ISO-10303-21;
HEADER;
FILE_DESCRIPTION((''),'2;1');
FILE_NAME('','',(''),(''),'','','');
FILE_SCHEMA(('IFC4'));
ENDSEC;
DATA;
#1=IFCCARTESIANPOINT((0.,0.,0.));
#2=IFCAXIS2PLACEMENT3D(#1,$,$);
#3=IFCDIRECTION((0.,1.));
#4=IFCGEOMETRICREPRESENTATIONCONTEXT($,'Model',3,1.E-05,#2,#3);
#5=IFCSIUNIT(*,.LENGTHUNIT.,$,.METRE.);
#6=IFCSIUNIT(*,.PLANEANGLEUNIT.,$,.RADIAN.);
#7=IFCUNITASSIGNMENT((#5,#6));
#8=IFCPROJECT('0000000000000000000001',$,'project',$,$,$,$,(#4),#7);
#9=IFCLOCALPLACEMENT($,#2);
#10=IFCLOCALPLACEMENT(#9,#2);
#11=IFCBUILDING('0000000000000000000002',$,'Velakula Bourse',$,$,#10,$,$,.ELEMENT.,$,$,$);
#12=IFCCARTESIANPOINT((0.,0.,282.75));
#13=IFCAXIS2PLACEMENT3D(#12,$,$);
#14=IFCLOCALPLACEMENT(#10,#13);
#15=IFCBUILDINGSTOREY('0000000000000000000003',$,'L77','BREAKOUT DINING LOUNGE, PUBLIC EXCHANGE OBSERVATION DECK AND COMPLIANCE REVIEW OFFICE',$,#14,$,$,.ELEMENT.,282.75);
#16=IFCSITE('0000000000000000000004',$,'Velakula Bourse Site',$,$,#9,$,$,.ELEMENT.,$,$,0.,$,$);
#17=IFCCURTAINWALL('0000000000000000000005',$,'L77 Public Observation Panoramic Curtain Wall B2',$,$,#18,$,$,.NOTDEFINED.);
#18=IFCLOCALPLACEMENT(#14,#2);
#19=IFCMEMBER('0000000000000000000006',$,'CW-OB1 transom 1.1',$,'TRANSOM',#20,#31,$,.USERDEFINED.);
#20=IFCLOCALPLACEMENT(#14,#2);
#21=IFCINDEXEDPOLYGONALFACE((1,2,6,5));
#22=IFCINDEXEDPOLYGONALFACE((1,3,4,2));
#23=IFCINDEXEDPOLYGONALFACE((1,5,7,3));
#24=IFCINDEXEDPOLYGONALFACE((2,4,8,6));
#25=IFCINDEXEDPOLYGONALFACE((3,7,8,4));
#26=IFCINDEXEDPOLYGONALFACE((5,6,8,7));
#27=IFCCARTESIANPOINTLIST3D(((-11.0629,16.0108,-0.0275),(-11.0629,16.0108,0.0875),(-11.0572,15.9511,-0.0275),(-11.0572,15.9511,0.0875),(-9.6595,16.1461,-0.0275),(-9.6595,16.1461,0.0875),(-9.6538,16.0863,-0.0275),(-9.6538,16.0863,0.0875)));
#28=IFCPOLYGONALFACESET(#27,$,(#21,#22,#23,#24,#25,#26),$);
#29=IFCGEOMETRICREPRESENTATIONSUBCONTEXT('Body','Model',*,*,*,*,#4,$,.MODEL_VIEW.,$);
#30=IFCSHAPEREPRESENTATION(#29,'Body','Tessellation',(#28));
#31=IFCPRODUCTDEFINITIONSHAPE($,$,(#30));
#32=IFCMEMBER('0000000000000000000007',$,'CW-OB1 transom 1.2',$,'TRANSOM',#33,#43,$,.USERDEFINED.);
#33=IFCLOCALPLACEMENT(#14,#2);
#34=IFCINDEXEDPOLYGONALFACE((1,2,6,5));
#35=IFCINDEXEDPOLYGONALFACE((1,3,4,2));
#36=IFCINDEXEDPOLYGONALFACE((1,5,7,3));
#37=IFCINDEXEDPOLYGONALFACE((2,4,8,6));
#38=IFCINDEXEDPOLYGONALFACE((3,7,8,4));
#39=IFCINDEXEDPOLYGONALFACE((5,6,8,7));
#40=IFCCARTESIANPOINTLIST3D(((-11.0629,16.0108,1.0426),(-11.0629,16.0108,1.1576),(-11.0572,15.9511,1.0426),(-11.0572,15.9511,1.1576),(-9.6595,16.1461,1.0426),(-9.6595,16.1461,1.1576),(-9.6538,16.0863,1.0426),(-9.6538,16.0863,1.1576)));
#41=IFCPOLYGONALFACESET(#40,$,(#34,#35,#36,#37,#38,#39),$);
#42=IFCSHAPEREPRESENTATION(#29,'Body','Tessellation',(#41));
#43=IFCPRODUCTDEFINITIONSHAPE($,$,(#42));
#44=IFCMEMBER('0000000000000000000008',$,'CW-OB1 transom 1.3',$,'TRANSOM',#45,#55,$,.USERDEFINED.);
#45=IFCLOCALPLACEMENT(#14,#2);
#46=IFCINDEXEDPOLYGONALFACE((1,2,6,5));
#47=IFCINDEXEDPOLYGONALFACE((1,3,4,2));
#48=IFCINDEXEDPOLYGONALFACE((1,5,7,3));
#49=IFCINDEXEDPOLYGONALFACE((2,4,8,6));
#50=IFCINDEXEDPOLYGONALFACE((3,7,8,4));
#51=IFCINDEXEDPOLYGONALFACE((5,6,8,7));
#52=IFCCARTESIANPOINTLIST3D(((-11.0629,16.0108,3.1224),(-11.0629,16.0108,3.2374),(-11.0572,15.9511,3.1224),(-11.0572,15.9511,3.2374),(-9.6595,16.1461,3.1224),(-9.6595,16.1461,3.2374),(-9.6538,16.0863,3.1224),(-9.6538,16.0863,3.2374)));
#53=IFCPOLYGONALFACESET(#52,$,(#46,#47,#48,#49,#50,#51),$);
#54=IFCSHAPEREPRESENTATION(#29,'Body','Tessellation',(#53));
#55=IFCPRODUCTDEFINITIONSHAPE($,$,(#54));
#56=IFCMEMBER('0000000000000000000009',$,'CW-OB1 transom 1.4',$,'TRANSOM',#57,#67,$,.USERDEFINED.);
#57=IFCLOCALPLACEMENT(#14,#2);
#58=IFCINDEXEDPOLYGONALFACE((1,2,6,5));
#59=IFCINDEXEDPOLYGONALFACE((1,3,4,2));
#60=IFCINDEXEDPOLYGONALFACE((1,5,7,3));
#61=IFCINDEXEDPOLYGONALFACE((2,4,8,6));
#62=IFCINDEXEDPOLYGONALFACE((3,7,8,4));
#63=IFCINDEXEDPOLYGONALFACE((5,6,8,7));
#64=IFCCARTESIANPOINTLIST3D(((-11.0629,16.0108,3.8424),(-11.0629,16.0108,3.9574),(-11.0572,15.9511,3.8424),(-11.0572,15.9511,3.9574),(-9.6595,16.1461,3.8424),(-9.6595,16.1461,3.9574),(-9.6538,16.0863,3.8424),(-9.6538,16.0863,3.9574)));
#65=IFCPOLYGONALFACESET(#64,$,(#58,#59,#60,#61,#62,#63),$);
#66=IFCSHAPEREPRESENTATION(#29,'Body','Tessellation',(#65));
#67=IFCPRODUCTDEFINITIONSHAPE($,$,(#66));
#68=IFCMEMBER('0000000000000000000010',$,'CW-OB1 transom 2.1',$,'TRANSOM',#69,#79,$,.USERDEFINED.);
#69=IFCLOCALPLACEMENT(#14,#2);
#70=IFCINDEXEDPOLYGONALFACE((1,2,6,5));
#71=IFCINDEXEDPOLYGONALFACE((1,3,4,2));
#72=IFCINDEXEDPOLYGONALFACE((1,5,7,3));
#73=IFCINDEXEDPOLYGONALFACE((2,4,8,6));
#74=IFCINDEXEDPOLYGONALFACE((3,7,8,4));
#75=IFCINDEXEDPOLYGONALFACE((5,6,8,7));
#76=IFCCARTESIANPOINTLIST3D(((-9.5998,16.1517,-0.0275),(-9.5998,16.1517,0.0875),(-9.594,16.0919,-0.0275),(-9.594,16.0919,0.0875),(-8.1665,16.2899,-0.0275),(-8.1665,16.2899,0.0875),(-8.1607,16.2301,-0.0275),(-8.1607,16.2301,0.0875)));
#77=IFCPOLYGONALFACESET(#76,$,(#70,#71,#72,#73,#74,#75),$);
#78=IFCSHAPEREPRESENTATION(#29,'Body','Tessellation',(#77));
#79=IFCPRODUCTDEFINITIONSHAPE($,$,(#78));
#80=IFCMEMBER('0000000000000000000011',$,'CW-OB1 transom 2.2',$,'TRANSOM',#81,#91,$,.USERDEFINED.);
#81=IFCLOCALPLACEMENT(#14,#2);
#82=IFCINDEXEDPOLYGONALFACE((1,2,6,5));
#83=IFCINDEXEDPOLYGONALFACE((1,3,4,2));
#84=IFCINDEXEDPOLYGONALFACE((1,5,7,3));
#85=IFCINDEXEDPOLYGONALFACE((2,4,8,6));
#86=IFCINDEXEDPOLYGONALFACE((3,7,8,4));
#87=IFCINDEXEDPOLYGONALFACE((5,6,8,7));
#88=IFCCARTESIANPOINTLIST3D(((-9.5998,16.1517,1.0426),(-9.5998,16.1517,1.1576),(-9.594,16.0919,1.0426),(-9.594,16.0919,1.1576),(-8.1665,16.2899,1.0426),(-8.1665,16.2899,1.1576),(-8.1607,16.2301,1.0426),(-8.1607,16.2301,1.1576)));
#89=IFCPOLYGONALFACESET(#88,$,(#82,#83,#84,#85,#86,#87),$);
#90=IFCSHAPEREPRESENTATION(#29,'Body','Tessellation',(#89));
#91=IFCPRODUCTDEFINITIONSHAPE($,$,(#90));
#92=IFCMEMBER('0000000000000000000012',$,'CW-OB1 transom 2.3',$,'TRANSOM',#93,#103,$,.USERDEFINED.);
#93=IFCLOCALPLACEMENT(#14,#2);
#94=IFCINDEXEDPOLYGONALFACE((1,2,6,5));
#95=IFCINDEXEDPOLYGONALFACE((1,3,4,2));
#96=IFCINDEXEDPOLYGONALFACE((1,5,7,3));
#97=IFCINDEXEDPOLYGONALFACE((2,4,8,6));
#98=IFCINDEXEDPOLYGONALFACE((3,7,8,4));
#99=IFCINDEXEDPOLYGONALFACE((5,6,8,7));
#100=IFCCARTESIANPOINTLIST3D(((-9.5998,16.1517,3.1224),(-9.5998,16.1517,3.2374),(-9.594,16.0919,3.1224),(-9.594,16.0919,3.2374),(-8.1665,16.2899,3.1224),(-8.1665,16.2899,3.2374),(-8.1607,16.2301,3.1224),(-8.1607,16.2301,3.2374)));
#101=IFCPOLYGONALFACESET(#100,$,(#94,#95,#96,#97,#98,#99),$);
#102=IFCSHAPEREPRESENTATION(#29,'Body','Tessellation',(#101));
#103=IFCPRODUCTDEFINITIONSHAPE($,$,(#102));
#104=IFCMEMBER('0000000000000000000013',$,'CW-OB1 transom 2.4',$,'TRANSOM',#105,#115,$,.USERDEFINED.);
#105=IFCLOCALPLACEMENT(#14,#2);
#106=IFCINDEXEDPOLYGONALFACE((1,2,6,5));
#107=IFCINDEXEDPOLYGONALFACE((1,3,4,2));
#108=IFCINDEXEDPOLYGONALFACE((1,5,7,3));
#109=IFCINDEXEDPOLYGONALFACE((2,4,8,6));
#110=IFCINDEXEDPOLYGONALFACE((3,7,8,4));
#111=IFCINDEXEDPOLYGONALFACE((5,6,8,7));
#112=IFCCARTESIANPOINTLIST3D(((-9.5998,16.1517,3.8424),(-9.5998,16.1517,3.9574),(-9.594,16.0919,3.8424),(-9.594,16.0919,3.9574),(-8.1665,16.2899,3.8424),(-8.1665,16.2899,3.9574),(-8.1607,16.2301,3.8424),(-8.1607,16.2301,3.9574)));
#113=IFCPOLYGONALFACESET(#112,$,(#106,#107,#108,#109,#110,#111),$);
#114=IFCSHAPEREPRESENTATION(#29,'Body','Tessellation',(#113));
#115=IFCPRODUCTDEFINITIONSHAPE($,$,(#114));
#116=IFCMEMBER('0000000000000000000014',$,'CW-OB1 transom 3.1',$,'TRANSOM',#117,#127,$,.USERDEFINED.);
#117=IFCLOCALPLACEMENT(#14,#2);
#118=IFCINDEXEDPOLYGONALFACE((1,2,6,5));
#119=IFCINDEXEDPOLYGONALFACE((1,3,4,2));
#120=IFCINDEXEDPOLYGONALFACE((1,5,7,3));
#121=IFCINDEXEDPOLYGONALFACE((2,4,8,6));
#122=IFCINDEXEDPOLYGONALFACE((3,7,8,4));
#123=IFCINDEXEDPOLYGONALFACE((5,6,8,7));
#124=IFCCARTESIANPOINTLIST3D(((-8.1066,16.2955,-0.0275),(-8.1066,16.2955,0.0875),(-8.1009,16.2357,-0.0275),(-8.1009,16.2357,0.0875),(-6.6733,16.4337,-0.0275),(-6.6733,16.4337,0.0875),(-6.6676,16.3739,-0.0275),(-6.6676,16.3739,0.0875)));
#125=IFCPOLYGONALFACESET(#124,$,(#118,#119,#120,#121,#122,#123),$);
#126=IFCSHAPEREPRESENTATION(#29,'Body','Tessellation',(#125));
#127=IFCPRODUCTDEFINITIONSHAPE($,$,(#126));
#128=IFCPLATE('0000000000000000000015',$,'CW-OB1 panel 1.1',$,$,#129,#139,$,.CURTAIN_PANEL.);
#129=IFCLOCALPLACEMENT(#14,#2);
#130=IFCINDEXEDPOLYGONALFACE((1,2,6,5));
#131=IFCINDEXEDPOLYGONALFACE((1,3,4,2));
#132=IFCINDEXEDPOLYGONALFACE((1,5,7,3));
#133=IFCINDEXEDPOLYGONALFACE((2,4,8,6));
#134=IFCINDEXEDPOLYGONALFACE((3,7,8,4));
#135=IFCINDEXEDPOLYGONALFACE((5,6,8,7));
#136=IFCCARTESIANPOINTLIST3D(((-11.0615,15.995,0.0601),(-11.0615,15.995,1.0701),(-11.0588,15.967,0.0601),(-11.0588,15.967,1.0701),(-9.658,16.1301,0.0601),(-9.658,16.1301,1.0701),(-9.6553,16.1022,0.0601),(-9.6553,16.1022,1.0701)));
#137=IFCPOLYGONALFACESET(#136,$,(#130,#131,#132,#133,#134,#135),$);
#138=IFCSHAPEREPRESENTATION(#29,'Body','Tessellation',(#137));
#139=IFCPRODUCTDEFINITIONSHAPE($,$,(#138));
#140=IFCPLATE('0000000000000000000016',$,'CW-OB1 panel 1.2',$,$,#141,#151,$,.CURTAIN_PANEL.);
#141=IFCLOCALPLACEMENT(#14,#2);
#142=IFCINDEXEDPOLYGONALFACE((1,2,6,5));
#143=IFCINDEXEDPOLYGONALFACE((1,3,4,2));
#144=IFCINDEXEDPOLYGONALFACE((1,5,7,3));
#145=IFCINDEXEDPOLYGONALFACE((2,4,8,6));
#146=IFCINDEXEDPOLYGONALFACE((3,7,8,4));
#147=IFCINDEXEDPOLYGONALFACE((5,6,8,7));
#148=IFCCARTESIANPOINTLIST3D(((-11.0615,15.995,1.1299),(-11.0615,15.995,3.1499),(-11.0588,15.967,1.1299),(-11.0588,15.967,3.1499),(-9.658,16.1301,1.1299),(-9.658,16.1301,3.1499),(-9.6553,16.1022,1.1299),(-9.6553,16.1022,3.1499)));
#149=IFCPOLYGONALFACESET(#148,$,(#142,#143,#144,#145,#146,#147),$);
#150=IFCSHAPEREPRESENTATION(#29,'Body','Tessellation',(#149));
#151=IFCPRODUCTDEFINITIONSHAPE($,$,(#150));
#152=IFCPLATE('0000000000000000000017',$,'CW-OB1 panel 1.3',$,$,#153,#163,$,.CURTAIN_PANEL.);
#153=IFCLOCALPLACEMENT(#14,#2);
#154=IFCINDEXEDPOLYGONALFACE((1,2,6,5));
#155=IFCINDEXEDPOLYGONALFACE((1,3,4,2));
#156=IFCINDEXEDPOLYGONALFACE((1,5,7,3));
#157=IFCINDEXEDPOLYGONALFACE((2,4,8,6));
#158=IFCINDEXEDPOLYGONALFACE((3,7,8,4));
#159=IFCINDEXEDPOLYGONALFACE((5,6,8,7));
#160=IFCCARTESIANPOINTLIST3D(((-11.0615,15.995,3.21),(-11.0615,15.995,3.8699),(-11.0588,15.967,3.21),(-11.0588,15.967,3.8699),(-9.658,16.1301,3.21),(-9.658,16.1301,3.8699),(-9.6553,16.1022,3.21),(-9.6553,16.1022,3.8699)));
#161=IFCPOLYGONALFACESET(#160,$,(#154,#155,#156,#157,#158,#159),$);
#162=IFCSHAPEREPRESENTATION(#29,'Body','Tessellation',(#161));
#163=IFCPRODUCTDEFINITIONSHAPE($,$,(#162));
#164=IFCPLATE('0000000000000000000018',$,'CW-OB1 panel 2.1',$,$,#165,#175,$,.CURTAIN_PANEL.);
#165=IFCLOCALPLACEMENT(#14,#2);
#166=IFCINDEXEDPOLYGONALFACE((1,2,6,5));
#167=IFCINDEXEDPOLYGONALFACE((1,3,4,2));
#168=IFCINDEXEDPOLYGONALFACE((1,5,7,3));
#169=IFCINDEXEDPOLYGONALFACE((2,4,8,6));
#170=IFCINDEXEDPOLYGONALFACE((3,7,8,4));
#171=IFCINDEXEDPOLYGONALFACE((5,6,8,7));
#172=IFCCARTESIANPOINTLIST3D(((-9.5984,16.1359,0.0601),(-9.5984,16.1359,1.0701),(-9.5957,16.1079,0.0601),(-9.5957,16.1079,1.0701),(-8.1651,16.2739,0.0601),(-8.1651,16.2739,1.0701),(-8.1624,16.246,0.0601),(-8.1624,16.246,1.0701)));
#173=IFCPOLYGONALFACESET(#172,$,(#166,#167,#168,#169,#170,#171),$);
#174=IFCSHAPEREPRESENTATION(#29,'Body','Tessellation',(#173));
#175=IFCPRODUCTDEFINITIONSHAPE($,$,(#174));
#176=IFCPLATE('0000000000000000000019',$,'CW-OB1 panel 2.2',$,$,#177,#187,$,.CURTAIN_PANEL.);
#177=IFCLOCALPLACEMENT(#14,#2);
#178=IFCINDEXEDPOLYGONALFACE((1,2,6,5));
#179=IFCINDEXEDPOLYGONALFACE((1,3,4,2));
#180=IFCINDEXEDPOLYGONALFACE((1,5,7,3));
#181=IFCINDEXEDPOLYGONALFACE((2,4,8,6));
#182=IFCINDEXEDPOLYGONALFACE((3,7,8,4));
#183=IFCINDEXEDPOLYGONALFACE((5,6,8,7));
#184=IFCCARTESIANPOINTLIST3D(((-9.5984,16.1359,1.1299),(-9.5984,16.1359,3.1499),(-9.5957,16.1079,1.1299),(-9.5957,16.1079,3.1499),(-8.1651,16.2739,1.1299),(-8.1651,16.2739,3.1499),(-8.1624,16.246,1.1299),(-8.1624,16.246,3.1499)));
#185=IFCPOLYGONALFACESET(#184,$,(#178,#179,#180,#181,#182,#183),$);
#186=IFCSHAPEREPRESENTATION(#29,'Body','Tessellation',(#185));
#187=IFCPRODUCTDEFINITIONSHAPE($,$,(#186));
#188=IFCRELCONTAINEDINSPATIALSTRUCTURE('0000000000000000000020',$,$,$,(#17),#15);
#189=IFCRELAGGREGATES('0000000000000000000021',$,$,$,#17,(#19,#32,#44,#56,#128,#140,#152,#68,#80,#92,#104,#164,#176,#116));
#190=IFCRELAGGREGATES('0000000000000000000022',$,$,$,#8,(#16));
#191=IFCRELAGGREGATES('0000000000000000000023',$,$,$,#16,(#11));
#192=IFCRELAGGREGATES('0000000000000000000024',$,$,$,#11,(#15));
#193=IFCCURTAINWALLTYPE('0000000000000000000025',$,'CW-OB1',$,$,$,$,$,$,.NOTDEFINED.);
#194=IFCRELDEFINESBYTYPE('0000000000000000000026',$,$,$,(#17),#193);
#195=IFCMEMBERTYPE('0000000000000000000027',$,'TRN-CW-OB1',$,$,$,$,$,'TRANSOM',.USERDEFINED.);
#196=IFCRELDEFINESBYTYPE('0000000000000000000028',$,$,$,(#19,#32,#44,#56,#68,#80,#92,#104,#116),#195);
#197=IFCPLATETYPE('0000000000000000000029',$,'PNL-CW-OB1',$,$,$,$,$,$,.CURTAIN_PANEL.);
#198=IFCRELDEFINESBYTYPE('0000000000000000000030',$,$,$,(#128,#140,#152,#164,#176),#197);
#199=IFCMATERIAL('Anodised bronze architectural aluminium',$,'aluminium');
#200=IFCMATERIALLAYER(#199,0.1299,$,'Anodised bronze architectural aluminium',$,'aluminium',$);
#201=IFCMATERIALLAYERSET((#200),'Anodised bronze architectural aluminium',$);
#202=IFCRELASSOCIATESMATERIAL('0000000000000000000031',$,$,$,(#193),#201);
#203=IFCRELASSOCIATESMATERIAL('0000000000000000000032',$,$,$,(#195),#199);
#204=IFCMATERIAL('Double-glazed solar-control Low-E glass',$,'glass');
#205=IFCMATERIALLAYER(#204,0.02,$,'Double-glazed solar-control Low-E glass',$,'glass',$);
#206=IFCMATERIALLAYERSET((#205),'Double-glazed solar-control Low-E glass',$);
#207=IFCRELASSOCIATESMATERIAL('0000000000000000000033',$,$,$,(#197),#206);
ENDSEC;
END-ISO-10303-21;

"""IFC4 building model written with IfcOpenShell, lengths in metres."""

from ifc_helpers import new_model, si_unit, direction, frame, origin, origin_2d, place, context, subcontext, project, spatial, rectangle, extrude, material, layer, layer_set, material_profile, profile_set, type_object, element, aggregate, save


model = new_model("IFC4")

# Units and contexts
model_context = context("Model", 3, precision=1e-05, world=origin(), true_north=direction((0.0, 1.0)))
body_context = subcontext(model_context, "Body", "Model", "MODEL_VIEW")
ifc_project = project(units=[si_unit("LENGTHUNIT", "METRE"), si_unit("PLANEANGLEUNIT", "RADIAN")], contexts=[model_context])

# Site, building, storey
site_placement = place(None, origin())
site = spatial("IfcSite", under=ifc_project, at=site_placement, Name="Velakula Bourse Site", CompositionType="ELEMENT", RefElevation=0.0)
building_placement = place(site_placement, origin())
building = spatial("IfcBuilding", under=site, at=building_placement, Name="Velakula Bourse", CompositionType="ELEMENT")
storey_placement = place(building_placement, frame((0.0, 0.0, 282.75)))
storey = spatial("IfcBuildingStorey", under=building, at=storey_placement, Name="L77", Description="BREAKOUT DINING LOUNGE, PUBLIC EXCHANGE OBSERVATION DECK AND COMPLIANCE REVIEW OFFICE", CompositionType="ELEMENT", Elevation=282.75)

# Curtain wall
ifc_material_1 = material(Name="Anodised bronze architectural aluminium", Category="aluminium")
ifc_layer_1 = layer(ifc_material_1, 0.1299, Name="Anodised bronze architectural aluminium", Category="aluminium")
ifc_layer_set_1 = layer_set([ifc_layer_1], Name="Anodised bronze architectural aluminium")
curtain_wall_type = type_object("IfcCurtainWallType", Name="CW-OB1", PredefinedType="NOTDEFINED", material=ifc_layer_set_1)
curtain_wall_placement = place(storey_placement, origin())
curtain_wall = element("IfcCurtainWall", 1, at=curtain_wall_placement, inside=storey, type_object=curtain_wall_type, Name="L77 Public Observation Panoramic Curtain Wall B2", PredefinedType="NOTDEFINED")

# Members
ifc_material_profile_1 = material_profile(ifc_material_1, rectangle(XDim=0.0601, YDim=0.115, at=origin_2d()), Name="Anodised bronze architectural aluminium")
ifc_profile_set_1 = profile_set([ifc_material_profile_1], Name="Anodised bronze architectural aluminium")
member_type_1 = type_object("IfcMemberType", Name="TRN-CW-OB1", ElementType="TRANSOM", PredefinedType="USERDEFINED", material=ifc_profile_set_1)
member_1_placement = place(storey_placement, frame((-11.0601, 15.981, 0.03), z_axis=(0.995387, 0.095937, 0.0), x_axis=(-0.095937, 0.995387, 0.0)))
member_1 = element("IfcMember", 2, at=member_1_placement, type_object=member_type_1, Name="CW-OB1 transom 1.1", ObjectType="TRANSOM", PredefinedType="USERDEFINED", context=body_context, shape_type="SweptSolid", body=[
    extrude(rectangle(XDim=0.0601, YDim=0.115, at=origin_2d()), origin(), (0.0, 0.0, 1.0), 1.4099),
])
member_2_placement = place(storey_placement, frame((-11.0601, 15.981, 1.1001), z_axis=(0.995387, 0.095937, 0.0), x_axis=(-0.095937, 0.995387, 0.0)))
member_2 = element("IfcMember", 3, at=member_2_placement, type_object=member_type_1, Name="CW-OB1 transom 1.2", ObjectType="TRANSOM", PredefinedType="USERDEFINED", context=body_context, shape_type="SweptSolid", body=[
    extrude(rectangle(XDim=0.0601, YDim=0.115, at=origin_2d()), origin(), (0.0, 0.0, 1.0), 1.4099),
])
member_3_placement = place(storey_placement, frame((-11.0601, 15.981, 3.1799), z_axis=(0.995387, 0.095937, 0.0), x_axis=(-0.095937, 0.995387, 0.0)))
member_3 = element("IfcMember", 4, at=member_3_placement, type_object=member_type_1, Name="CW-OB1 transom 1.3", ObjectType="TRANSOM", PredefinedType="USERDEFINED", context=body_context, shape_type="SweptSolid", body=[
    extrude(rectangle(XDim=0.0601, YDim=0.115, at=origin_2d()), origin(), (0.0, 0.0, 1.0), 1.4099),
])
member_4_placement = place(storey_placement, frame((-11.0601, 15.981, 3.8999), z_axis=(0.995387, 0.095937, 0.0), x_axis=(-0.095937, 0.995387, 0.0)))
member_4 = element("IfcMember", 5, at=member_4_placement, type_object=member_type_1, Name="CW-OB1 transom 1.4", ObjectType="TRANSOM", PredefinedType="USERDEFINED", context=body_context, shape_type="SweptSolid", body=[
    extrude(rectangle(XDim=0.0601, YDim=0.115, at=origin_2d()), origin(), (0.0, 0.0, 1.0), 1.4099),
])
member_5_placement = place(storey_placement, frame((-9.5969, 16.1218, 0.03), z_axis=(0.995385, 0.095961, 0.0), x_axis=(-0.095961, 0.995385, 0.0)))
member_5 = element("IfcMember", 6, at=member_5_placement, type_object=member_type_1, Name="CW-OB1 transom 2.1", ObjectType="TRANSOM", PredefinedType="USERDEFINED", context=body_context, shape_type="SweptSolid", body=[
    extrude(rectangle(XDim=0.0601, YDim=0.115, at=origin_2d()), origin(), (0.0, 0.0, 1.0), 1.4399),
])
member_6_placement = place(storey_placement, frame((-9.5969, 16.1218, 1.1001), z_axis=(0.995385, 0.095961, 0.0), x_axis=(-0.095961, 0.995385, 0.0)))
member_6 = element("IfcMember", 7, at=member_6_placement, type_object=member_type_1, Name="CW-OB1 transom 2.2", ObjectType="TRANSOM", PredefinedType="USERDEFINED", context=body_context, shape_type="SweptSolid", body=[
    extrude(rectangle(XDim=0.0601, YDim=0.115, at=origin_2d()), origin(), (0.0, 0.0, 1.0), 1.4399),
])
member_7_placement = place(storey_placement, frame((-9.5969, 16.1218, 3.1799), z_axis=(0.995385, 0.095961, 0.0), x_axis=(-0.095961, 0.995385, 0.0)))
member_7 = element("IfcMember", 8, at=member_7_placement, type_object=member_type_1, Name="CW-OB1 transom 2.3", ObjectType="TRANSOM", PredefinedType="USERDEFINED", context=body_context, shape_type="SweptSolid", body=[
    extrude(rectangle(XDim=0.0601, YDim=0.115, at=origin_2d()), origin(), (0.0, 0.0, 1.0), 1.4399),
])
member_8_placement = place(storey_placement, frame((-9.5969, 16.1218, 3.8999), z_axis=(0.995385, 0.095961, 0.0), x_axis=(-0.095961, 0.995385, 0.0)))
member_8 = element("IfcMember", 9, at=member_8_placement, type_object=member_type_1, Name="CW-OB1 transom 2.4", ObjectType="TRANSOM", PredefinedType="USERDEFINED", context=body_context, shape_type="SweptSolid", body=[
    extrude(rectangle(XDim=0.0601, YDim=0.115, at=origin_2d()), origin(), (0.0, 0.0, 1.0), 1.4399),
])
member_9_placement = place(storey_placement, frame((-8.1038, 16.2656, 0.03), z_axis=(0.995385, 0.095961, 0.0), x_axis=(-0.095961, 0.995385, 0.0)))
member_9 = element("IfcMember", 10, at=member_9_placement, type_object=member_type_1, Name="CW-OB1 transom 3.1", ObjectType="TRANSOM", PredefinedType="USERDEFINED", context=body_context, shape_type="SweptSolid", body=[
    extrude(rectangle(XDim=0.0601, YDim=0.115, at=origin_2d()), origin(), (0.0, 0.0, 1.0), 1.4399),
])

# Plates
ifc_material_2 = material(Name="Double-glazed solar-control Low-E glass", Category="glass")
ifc_layer_2 = layer(ifc_material_2, 0.02, Name="Double-glazed solar-control Low-E glass", Category="glass")
ifc_layer_set_2 = layer_set([ifc_layer_2], Name="Double-glazed solar-control Low-E glass")
plate_type = type_object("IfcPlateType", Name="PNL-CW-OB1", PredefinedType="CURTAIN_PANEL", material=ifc_layer_set_2)
plate_1_placement = place(storey_placement, frame((-10.3584, 16.0486, 0.0601), z_axis=(0.0, 0.0, 1.0), x_axis=(0.995396, 0.095845, 0.0)))
plate_1 = element("IfcPlate", 11, at=plate_1_placement, type_object=plate_type, Name="CW-OB1 panel 1.1", PredefinedType="CURTAIN_PANEL", context=body_context, shape_type="SweptSolid", body=[
    extrude(rectangle(XDim=1.4099, YDim=0.0281, at=origin_2d()), origin(), (0.0, 0.0, 1.0), 1.01),
])
plate_2_placement = place(storey_placement, frame((-10.3584, 16.0486, 1.1299), z_axis=(0.0, 0.0, 1.0), x_axis=(0.995396, 0.095845, 0.0)))
plate_2 = element("IfcPlate", 12, at=plate_2_placement, type_object=plate_type, Name="CW-OB1 panel 1.2", PredefinedType="CURTAIN_PANEL", context=body_context, shape_type="SweptSolid", body=[
    extrude(rectangle(XDim=1.4099, YDim=0.0281, at=origin_2d()), origin(), (0.0, 0.0, 1.0), 2.02),
])
plate_3_placement = place(storey_placement, frame((-10.3584, 16.0486, 3.21), z_axis=(0.0, 0.0, 1.0), x_axis=(0.995396, 0.095845, 0.0)))
plate_3 = element("IfcPlate", 13, at=plate_3_placement, type_object=plate_type, Name="CW-OB1 panel 1.3", PredefinedType="CURTAIN_PANEL", context=body_context, shape_type="SweptSolid", body=[
    extrude(rectangle(XDim=1.4099, YDim=0.0281, at=origin_2d()), origin(), (0.0, 0.0, 1.0), 0.6599),
])
plate_4_placement = place(storey_placement, frame((-8.8804, 16.1909, 0.0601), z_axis=(0.0, 0.0, 1.0), x_axis=(0.995396, 0.095845, 0.0)))
plate_4 = element("IfcPlate", 14, at=plate_4_placement, type_object=plate_type, Name="CW-OB1 panel 2.1", PredefinedType="CURTAIN_PANEL", context=body_context, shape_type="SweptSolid", body=[
    extrude(rectangle(XDim=1.4399, YDim=0.0281, at=origin_2d()), origin(), (0.0, 0.0, 1.0), 1.01),
])
plate_5_placement = place(storey_placement, frame((-8.8804, 16.1909, 1.1299), z_axis=(0.0, 0.0, 1.0), x_axis=(0.995396, 0.095845, 0.0)))
plate_5 = element("IfcPlate", 15, at=plate_5_placement, type_object=plate_type, Name="CW-OB1 panel 2.2", PredefinedType="CURTAIN_PANEL", context=body_context, shape_type="SweptSolid", body=[
    extrude(rectangle(XDim=1.4399, YDim=0.0281, at=origin_2d()), origin(), (0.0, 0.0, 1.0), 2.02),
])
aggregate(curtain_wall, [member_1, member_2, member_3, member_4, plate_1, plate_2, plate_3, member_5, member_6, member_7, member_8, plate_4, plate_5, member_9])

save(model, "model.ifc")
